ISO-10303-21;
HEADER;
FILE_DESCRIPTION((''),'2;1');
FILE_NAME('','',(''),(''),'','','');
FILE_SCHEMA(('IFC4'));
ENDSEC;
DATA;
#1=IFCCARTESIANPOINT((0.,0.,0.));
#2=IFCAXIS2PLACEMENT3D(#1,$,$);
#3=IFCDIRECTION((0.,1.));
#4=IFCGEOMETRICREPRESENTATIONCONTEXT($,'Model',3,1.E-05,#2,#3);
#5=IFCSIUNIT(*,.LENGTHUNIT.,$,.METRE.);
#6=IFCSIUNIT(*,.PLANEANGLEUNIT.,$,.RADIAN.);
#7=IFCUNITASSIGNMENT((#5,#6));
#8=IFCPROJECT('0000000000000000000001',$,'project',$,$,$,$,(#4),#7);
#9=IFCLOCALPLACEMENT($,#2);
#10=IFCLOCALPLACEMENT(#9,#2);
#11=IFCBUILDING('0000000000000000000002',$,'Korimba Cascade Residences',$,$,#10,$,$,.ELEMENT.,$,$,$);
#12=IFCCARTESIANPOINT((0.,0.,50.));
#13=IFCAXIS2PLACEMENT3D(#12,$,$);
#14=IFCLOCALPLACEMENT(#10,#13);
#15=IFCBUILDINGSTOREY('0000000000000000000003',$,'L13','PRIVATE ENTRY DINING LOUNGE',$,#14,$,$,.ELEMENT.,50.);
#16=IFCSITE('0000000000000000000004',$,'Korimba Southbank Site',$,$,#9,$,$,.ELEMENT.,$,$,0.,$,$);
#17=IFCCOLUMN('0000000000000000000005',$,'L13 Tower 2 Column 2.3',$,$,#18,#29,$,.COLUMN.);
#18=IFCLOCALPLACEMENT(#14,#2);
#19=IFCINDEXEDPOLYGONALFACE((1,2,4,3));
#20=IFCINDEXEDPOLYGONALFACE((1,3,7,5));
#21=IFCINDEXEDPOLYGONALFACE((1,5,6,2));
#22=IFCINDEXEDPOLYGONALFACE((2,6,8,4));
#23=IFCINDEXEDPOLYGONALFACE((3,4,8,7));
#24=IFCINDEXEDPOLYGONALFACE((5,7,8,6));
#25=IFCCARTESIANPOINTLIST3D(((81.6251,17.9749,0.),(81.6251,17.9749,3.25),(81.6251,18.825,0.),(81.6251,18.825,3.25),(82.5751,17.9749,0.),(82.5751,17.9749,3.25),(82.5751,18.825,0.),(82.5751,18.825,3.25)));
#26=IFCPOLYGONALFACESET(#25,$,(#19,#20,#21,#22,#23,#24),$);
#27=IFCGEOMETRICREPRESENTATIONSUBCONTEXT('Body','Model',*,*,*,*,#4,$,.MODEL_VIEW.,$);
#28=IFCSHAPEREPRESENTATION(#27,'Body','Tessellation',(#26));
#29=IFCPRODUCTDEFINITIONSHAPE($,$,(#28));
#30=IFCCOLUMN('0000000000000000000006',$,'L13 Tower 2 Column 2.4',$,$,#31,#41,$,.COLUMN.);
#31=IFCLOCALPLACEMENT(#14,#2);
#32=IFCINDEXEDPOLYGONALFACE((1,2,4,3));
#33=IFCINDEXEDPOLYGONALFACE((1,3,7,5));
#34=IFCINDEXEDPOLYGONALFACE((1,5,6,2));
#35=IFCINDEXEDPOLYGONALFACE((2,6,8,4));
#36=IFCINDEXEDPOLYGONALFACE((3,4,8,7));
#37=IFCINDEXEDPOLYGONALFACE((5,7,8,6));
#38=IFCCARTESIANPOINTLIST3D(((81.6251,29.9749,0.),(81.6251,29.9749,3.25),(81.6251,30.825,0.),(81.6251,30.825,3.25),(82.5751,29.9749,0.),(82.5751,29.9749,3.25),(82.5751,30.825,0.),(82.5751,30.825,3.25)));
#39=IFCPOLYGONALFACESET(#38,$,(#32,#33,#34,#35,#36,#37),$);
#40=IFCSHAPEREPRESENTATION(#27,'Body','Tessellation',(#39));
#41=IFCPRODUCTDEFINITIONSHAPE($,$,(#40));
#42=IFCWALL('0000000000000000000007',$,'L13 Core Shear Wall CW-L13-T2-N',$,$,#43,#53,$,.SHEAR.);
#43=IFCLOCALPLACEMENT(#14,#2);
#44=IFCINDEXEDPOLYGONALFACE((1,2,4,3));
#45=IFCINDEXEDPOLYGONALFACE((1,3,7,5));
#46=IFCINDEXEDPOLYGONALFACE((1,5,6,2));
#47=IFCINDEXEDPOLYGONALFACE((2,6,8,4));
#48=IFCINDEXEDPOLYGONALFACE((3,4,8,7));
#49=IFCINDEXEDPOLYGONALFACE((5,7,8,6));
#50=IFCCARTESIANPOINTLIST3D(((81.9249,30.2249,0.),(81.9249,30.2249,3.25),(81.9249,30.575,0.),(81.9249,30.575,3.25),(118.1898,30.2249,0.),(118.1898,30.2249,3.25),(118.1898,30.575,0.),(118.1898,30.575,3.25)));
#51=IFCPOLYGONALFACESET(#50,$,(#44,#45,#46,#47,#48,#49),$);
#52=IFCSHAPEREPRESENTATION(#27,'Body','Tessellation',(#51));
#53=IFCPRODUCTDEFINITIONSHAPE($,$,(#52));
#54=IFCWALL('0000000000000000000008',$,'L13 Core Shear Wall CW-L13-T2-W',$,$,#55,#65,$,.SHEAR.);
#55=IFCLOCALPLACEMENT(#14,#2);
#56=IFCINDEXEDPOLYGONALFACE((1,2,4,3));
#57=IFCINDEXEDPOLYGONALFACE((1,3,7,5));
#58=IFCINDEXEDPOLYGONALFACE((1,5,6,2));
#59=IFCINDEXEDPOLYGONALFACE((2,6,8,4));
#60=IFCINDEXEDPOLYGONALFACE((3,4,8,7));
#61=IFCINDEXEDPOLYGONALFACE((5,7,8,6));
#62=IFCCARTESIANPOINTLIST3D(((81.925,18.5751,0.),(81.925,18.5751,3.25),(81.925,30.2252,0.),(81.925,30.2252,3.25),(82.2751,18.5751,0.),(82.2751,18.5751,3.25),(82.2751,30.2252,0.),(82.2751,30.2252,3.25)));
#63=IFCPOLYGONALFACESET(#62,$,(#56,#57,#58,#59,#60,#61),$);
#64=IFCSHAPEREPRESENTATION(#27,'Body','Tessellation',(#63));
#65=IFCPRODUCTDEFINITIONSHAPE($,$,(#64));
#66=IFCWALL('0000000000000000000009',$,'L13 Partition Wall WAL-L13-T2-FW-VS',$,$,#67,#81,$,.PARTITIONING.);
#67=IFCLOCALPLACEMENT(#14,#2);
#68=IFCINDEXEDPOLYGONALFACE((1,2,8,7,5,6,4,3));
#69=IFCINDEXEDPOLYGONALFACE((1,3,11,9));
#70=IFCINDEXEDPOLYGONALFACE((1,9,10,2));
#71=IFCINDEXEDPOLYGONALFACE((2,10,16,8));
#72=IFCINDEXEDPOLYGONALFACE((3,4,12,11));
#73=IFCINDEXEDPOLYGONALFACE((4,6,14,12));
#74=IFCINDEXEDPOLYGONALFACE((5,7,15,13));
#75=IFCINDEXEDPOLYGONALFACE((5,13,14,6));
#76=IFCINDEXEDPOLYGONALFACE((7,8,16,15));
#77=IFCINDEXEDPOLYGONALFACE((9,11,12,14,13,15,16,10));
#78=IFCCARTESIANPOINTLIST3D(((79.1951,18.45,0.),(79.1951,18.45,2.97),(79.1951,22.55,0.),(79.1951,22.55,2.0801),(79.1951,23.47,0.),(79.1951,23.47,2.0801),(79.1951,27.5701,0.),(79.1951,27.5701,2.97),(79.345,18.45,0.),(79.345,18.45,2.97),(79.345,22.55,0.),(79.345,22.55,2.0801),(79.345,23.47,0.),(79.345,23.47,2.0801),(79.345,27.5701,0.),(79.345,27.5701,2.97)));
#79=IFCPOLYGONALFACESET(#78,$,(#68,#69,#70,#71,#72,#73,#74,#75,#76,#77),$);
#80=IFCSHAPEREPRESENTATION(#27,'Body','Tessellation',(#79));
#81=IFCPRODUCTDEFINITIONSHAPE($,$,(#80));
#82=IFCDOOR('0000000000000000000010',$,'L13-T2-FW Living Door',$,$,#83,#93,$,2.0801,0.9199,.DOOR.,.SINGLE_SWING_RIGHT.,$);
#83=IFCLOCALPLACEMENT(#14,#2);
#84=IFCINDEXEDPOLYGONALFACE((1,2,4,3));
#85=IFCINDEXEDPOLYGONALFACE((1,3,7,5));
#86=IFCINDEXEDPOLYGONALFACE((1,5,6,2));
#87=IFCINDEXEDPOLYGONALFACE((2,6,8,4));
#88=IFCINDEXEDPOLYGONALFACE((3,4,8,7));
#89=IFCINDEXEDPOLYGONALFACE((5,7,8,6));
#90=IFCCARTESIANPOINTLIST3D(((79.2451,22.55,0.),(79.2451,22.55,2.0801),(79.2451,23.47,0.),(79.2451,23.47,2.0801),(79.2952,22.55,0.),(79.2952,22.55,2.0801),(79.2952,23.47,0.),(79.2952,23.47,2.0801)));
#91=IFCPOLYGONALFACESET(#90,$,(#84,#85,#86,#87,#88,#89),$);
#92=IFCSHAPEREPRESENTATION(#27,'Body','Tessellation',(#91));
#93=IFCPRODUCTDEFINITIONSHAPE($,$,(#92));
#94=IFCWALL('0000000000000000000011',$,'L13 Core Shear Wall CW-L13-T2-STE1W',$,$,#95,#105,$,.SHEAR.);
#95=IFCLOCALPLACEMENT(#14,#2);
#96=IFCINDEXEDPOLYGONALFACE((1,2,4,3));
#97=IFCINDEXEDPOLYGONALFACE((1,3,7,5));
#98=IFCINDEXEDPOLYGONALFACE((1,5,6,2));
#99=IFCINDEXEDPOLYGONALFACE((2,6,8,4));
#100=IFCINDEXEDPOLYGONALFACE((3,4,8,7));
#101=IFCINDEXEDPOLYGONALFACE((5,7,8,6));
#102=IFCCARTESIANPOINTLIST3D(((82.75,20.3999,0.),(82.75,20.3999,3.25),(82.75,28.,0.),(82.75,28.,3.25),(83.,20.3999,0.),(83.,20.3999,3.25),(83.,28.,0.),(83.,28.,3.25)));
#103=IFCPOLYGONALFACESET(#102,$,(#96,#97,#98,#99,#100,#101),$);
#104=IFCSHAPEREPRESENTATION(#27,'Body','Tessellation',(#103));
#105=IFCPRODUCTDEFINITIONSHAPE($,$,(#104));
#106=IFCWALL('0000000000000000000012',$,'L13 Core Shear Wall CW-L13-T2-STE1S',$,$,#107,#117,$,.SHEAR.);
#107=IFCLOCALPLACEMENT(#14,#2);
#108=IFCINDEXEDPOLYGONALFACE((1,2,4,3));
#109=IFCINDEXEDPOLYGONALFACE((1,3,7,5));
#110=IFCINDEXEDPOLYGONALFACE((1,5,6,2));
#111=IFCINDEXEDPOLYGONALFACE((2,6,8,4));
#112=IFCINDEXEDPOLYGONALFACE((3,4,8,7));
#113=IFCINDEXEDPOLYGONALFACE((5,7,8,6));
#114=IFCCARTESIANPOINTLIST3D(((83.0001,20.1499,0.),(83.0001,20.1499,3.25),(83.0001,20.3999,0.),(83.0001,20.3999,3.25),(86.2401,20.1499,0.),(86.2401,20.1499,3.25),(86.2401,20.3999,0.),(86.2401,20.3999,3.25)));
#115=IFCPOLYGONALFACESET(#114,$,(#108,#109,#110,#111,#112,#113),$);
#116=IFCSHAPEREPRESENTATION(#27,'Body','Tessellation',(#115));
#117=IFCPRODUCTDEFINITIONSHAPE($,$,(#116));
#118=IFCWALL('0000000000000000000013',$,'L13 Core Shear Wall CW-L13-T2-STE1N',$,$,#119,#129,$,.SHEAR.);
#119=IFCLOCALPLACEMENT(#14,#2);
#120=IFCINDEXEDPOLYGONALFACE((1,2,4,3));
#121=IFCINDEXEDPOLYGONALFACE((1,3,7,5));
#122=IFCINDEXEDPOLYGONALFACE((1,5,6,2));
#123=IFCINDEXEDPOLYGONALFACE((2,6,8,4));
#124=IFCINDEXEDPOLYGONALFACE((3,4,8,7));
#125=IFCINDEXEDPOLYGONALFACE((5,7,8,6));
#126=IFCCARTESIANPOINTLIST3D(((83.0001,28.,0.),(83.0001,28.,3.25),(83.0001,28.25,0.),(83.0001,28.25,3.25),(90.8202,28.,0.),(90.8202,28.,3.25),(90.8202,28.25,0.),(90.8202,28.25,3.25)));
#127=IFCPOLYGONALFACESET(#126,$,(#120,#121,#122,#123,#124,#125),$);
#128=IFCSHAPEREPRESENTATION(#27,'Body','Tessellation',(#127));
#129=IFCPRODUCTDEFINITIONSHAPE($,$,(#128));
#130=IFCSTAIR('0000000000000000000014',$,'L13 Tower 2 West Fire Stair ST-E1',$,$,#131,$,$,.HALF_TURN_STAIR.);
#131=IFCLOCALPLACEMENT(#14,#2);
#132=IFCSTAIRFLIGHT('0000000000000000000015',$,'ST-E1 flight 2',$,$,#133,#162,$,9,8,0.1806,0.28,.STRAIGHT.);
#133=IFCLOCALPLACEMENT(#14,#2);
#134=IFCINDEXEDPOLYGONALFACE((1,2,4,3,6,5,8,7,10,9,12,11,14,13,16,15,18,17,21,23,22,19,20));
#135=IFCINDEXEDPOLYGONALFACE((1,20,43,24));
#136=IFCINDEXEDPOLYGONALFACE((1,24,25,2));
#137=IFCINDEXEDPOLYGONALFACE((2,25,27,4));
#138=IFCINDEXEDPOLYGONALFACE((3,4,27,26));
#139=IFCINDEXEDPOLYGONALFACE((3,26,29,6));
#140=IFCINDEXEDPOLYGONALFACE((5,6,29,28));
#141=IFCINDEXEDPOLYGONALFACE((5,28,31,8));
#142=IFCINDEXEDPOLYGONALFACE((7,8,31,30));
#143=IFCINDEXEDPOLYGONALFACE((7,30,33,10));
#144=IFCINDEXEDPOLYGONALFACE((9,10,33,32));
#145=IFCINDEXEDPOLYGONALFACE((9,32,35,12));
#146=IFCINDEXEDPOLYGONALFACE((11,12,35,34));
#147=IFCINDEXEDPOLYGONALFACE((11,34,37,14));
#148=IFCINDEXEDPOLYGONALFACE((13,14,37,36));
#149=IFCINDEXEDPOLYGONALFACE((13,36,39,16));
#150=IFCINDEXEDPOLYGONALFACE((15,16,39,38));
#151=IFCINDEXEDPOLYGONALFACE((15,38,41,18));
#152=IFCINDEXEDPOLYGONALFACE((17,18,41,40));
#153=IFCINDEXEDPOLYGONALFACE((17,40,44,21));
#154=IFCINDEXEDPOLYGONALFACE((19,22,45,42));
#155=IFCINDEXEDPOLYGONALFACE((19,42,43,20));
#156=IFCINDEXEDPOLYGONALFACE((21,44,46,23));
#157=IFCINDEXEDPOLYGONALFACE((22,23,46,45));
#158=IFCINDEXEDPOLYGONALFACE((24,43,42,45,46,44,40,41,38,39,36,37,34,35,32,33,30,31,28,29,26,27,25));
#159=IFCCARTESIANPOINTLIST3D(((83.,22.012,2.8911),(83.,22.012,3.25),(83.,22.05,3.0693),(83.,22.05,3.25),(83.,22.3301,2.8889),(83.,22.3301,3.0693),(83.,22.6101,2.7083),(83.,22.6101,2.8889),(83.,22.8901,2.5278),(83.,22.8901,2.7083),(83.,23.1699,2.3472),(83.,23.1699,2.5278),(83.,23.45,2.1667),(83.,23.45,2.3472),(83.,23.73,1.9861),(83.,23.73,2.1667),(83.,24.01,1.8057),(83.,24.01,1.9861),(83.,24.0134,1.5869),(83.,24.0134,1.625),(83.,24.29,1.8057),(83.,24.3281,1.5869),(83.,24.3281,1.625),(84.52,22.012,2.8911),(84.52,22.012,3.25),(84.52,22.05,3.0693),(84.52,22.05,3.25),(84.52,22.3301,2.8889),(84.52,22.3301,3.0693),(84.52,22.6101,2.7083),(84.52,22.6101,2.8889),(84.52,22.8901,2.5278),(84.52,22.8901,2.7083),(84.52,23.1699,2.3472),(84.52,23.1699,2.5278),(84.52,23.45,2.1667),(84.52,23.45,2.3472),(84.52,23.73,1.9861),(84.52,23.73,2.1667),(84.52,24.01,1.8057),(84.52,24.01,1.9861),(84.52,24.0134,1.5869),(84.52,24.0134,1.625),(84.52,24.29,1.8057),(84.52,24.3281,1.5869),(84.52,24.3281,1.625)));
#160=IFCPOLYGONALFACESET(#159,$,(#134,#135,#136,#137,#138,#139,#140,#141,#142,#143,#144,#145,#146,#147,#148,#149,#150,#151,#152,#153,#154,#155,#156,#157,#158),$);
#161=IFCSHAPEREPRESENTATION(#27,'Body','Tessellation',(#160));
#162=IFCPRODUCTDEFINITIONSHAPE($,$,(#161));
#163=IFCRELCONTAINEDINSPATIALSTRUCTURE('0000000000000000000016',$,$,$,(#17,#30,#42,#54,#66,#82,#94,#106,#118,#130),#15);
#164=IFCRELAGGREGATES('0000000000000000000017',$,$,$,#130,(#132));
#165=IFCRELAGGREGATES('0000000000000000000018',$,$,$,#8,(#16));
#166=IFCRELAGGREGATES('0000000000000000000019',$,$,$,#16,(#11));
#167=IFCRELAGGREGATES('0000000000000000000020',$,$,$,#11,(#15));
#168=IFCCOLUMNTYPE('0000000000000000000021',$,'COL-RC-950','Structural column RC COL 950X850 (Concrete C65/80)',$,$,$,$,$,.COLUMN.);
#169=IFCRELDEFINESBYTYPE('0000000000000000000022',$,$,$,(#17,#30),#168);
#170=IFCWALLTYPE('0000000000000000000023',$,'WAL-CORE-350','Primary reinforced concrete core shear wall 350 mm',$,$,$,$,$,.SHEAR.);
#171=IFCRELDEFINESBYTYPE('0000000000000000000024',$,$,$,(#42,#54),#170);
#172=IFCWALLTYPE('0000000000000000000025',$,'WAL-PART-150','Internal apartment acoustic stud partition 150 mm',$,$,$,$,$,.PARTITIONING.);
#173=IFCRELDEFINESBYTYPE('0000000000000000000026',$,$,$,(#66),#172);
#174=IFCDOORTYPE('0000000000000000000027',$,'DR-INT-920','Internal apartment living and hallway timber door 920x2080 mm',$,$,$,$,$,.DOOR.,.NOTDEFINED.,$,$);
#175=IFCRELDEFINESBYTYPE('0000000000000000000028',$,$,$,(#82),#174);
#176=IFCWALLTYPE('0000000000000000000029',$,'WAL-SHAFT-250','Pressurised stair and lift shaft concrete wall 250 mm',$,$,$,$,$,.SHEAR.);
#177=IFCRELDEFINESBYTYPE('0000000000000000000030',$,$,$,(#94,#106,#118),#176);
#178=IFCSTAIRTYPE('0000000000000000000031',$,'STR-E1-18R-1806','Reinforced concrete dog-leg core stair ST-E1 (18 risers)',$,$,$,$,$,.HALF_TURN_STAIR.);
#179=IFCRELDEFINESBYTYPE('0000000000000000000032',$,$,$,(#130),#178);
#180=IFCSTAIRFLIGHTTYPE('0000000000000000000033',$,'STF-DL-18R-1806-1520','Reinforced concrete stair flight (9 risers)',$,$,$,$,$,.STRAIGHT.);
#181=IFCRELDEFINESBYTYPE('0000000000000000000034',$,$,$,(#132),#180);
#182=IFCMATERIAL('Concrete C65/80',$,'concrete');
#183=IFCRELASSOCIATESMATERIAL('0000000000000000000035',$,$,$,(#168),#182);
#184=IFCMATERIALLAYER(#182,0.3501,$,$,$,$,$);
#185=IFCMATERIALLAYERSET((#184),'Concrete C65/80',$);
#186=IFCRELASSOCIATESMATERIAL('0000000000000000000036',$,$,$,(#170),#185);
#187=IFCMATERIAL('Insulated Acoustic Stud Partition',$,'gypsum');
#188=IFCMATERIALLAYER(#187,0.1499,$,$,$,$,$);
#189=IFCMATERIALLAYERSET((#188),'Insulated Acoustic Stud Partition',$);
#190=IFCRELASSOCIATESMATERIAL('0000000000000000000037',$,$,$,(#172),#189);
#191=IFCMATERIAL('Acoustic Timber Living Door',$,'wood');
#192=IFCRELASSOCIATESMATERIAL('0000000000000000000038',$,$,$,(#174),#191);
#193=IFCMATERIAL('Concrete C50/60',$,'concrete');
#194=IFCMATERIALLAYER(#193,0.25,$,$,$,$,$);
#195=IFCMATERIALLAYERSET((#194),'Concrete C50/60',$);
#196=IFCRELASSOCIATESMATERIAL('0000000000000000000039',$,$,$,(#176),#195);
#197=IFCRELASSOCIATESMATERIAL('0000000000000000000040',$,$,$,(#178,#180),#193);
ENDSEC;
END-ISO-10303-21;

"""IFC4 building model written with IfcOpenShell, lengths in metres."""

from ifc_helpers import new_model, si_unit, direction, frame, frame_2d, origin, origin_2d, place, context, subcontext, project, spatial, polyline, rectangle, outline, extrude, material, layer, layer_set, material_profile, profile_set, type_object, element, fill, aggregate, save


model = new_model("IFC4")

# Units and contexts
model_context = context("Model", 3, precision=1e-05, world=origin(), true_north=direction((0.0, 1.0)))
body_context = subcontext(model_context, "Body", "Model", "MODEL_VIEW")
ifc_project = project(units=[si_unit("LENGTHUNIT", "METRE"), si_unit("PLANEANGLEUNIT", "RADIAN")], contexts=[model_context])

# Site, building, storey
site_placement = place(None, origin())
site = spatial("IfcSite", under=ifc_project, at=site_placement, Name="Korimba Southbank Site", CompositionType="ELEMENT", RefElevation=0.0)
building_placement = place(site_placement, origin())
building = spatial("IfcBuilding", under=site, at=building_placement, Name="Korimba Cascade Residences", CompositionType="ELEMENT")
storey_placement = place(building_placement, frame((0.0, 0.0, 50.0)))
storey = spatial("IfcBuildingStorey", under=building, at=storey_placement, Name="L13", Description="PRIVATE ENTRY DINING LOUNGE", CompositionType="ELEMENT", Elevation=50.0)

# Columns
ifc_material_1 = material(Name="Concrete C65/80", Category="concrete")
ifc_material_profile = material_profile(ifc_material_1, rectangle(XDim=0.95, YDim=0.8501, at=origin_2d()), Name="Concrete C65/80")
ifc_profile_set = profile_set([ifc_material_profile], Name="Concrete C65/80")
column_type = type_object("IfcColumnType", Name="COL-RC-950", Description="Structural column RC COL 950X850 (Concrete C65/80)", PredefinedType="COLUMN", material=ifc_profile_set)
for number, where, z_axis, x_axis, name in (
    (1, (82.1001, 18.3999, 0.0), (0.0, 0.0, 1.0), (1.0, 0.0, 0.0), "L13 Tower 2 Column 2.3"),
    (2, (82.1001, 30.3999, 0.0), (0.0, 0.0, 1.0), (1.0, 0.0, 0.0), "L13 Tower 2 Column 2.4"),
):
    element("IfcColumn", number, at=place(storey_placement, frame(where, z_axis=z_axis, x_axis=x_axis)), inside=storey, type_object=column_type, Name=name, PredefinedType="COLUMN", context=body_context, shape_type="SweptSolid", body=[
        extrude(rectangle(XDim=0.95, YDim=0.8501, at=origin_2d()), origin(), (0.0, 0.0, 1.0), 3.25),
    ])

# Walls
ifc_layer_1 = layer(ifc_material_1, 0.3501)
ifc_layer_set_1 = layer_set([ifc_layer_1], Name="Concrete C65/80")
wall_type_1 = type_object("IfcWallType", Name="WAL-CORE-350", Description="Primary reinforced concrete core shear wall 350 mm", PredefinedType="SHEAR", material=ifc_layer_set_1)
wall_1_placement = place(storey_placement, frame((81.925, 30.3999, 0.0), z_axis=(0.0, 0.0, 1.0), x_axis=(1.0, 0.0, 0.0)))
element("IfcWall", 3, at=wall_1_placement, inside=storey, type_object=wall_type_1, Name="L13 Core Shear Wall CW-L13-T2-N", PredefinedType="SHEAR", context=body_context, shape_type="SweptSolid", body=[
    extrude(rectangle(XDim=36.2649, YDim=0.3501, at=frame_2d((18.1323, 0.0))), origin(), (0.0, 0.0, 1.0), 3.25),
])
wall_2_placement = place(storey_placement, frame((82.1001, 18.575, 0.0), z_axis=(0.0, 0.0, 1.0), x_axis=(0.0, 1.0, 0.0)))
element("IfcWall", 4, at=wall_2_placement, inside=storey, type_object=wall_type_1, Name="L13 Core Shear Wall CW-L13-T2-W", PredefinedType="SHEAR", context=body_context, shape_type="SweptSolid", body=[
    extrude(rectangle(XDim=11.6501, YDim=0.3501, at=frame_2d((5.8252, 0.0))), origin(), (0.0, 0.0, 1.0), 3.25),
])

# Wall, opening, door
ifc_material_2 = material(Name="Insulated Acoustic Stud Partition", Category="gypsum")
ifc_layer_2 = layer(ifc_material_2, 0.1499)
ifc_layer_set_2 = layer_set([ifc_layer_2], Name="Insulated Acoustic Stud Partition")
wall_type_2 = type_object("IfcWallType", Name="WAL-PART-150", Description="Internal apartment acoustic stud partition 150 mm", PredefinedType="PARTITIONING", material=ifc_layer_set_2)
wall_3_placement = place(storey_placement, frame((79.27, 18.45, 0.0), z_axis=(0.0, 0.0, 1.0), x_axis=(0.0, 1.0, 0.0)))
wall_3 = element("IfcWall", 5, at=wall_3_placement, inside=storey, type_object=wall_type_2, Name="L13 Partition Wall WAL-L13-T2-FW-VS", PredefinedType="PARTITIONING", context=body_context, shape_type="SweptSolid", body=[
    extrude(rectangle(XDim=9.1201, YDim=0.1499, at=frame_2d((4.5601, 0.0))), origin(), (0.0, 0.0, 1.0), 2.97),
])
opening_placement = place(wall_3_placement, frame((4.1001, 0.0, 0.0)))
opening = element("IfcOpeningElement", 6, at=opening_placement, cuts=wall_3, PredefinedType="OPENING", context=body_context, shape_type="SweptSolid", body=[
    extrude(rectangle(XDim=0.9199, YDim=2.0801, at=frame_2d((0.46, 1.04))), frame((0.0, 0.085, 0.0), z_axis=(0.0, -1.0, 0.0), x_axis=(1.0, 0.0, 0.0)), (0.0, 0.0, 1.0), 0.1699),
])
ifc_material_3 = material(Name="Acoustic Timber Living Door", Category="wood")
door_type = type_object("IfcDoorType", Name="DR-INT-920", Description="Internal apartment living and hallway timber door 920x2080 mm", OperationType="NOTDEFINED", PredefinedType="DOOR", material=ifc_material_3)
door_placement = place(opening_placement, origin())
door = element("IfcDoor", 7, at=door_placement, inside=storey, type_object=door_type, Name="L13-T2-FW Living Door", OperationType="SINGLE_SWING_RIGHT", OverallHeight=2.0801, OverallWidth=0.9199, PredefinedType="DOOR", context=body_context, shape_type="SweptSolid", body=[
    extrude(rectangle(XDim=0.9199, YDim=2.0801, at=frame_2d((0.46, 1.04))), frame((0.0, 0.0249, 0.0), z_axis=(0.0, -1.0, 0.0), x_axis=(1.0, 0.0, 0.0)), (0.0, 0.0, 1.0), 0.05),
])
fill(opening, door)

# Walls
ifc_material_4 = material(Name="Concrete C50/60", Category="concrete")
ifc_layer_3 = layer(ifc_material_4, 0.25)
ifc_layer_set_3 = layer_set([ifc_layer_3], Name="Concrete C50/60")
wall_type_3 = type_object("IfcWallType", Name="WAL-SHAFT-250", Description="Pressurised stair and lift shaft concrete wall 250 mm", PredefinedType="SHEAR", material=ifc_layer_set_3)
wall_4_placement = place(storey_placement, frame((82.875, 20.3999, 0.0), z_axis=(0.0, 0.0, 1.0), x_axis=(0.0, 1.0, 0.0)))
element("IfcWall", 8, at=wall_4_placement, inside=storey, type_object=wall_type_3, Name="L13 Core Shear Wall CW-L13-T2-STE1W", PredefinedType="SHEAR", context=body_context, shape_type="SweptSolid", body=[
    extrude(rectangle(XDim=7.6001, YDim=0.25, at=frame_2d((3.8, 0.0))), origin(), (0.0, 0.0, 1.0), 3.25),
])
wall_5_placement = place(storey_placement, frame((83.0, 20.2749, 0.0), z_axis=(0.0, 0.0, 1.0), x_axis=(1.0, 0.0, 0.0)))
element("IfcWall", 9, at=wall_5_placement, inside=storey, type_object=wall_type_3, Name="L13 Core Shear Wall CW-L13-T2-STE1S", PredefinedType="SHEAR", context=body_context, shape_type="SweptSolid", body=[
    extrude(rectangle(XDim=3.24, YDim=0.25, at=frame_2d((1.6201, 0.0))), origin(), (0.0, 0.0, 1.0), 3.25),
])
wall_6_placement = place(storey_placement, frame((83.0, 28.125, 0.0), z_axis=(0.0, 0.0, 1.0), x_axis=(1.0, 0.0, 0.0)))
element("IfcWall", 10, at=wall_6_placement, inside=storey, type_object=wall_type_3, Name="L13 Core Shear Wall CW-L13-T2-STE1N", PredefinedType="SHEAR", context=body_context, shape_type="SweptSolid", body=[
    extrude(rectangle(XDim=7.8201, YDim=0.25, at=frame_2d((3.9102, 0.0))), origin(), (0.0, 0.0, 1.0), 3.25),
])

# Stair, stair flight
stair_type = type_object("IfcStairType", Name="STR-E1-18R-1806", Description="Reinforced concrete dog-leg core stair ST-E1 (18 risers)", PredefinedType="HALF_TURN_STAIR", material=ifc_material_4)
stair_placement = place(storey_placement, origin())
stair = element("IfcStair", 11, at=stair_placement, inside=storey, type_object=stair_type, Name="L13 Tower 2 West Fire Stair ST-E1", PredefinedType="HALF_TURN_STAIR")
stair_flight_type = type_object("IfcStairFlightType", Name="STF-DL-18R-1806-1520", Description="Reinforced concrete stair flight (9 risers)", PredefinedType="STRAIGHT", material=ifc_material_4)
stair_flight_placement = place(storey_placement, frame((83.76, 24.29, 1.625), z_axis=(0.0, 0.0, 1.0), x_axis=(0.0, -1.0, 0.0)))
stair_flight = element("IfcStairFlight", 12, at=stair_flight_placement, type_object=stair_flight_type, Name="ST-E1 flight 2", NumberOfRisers=9, NumberOfTreads=8, PredefinedType="STRAIGHT", RiserHeight=0.1806, TreadLength=0.28, context=body_context, shape_type="SweptSolid", body=[
    extrude(outline(polyline([(-0.0381, 0.0), (0.0, 0.1807), (0.28, 0.1807), (0.28, 0.3611), (0.5601, 0.3611), (0.5601, 0.5417), (0.8401, 0.5417), (0.8401, 0.7222), (1.1201, 0.7222), (1.1201, 0.9028), (1.3999, 0.9028), (1.3999, 1.0833), (1.6799, 1.0833), (1.6799, 1.2639), (1.96, 1.2639), (1.96, 1.4443), (2.24, 1.4443), (2.24, 1.625), (2.2781, 1.625), (2.2781, 1.2661), (0.2766, 0.0), (0.2766, -0.0381), (-0.0381, -0.0381), (-0.0381, 0.0)])), frame((0.0, 0.76, 0.0), z_axis=(0.0, -1.0, 0.0), x_axis=(1.0, 0.0, 0.0)), (0.0, 0.0, 1.0), 1.52),
])
aggregate(stair, [stair_flight])

save(model, "model.ifc")
